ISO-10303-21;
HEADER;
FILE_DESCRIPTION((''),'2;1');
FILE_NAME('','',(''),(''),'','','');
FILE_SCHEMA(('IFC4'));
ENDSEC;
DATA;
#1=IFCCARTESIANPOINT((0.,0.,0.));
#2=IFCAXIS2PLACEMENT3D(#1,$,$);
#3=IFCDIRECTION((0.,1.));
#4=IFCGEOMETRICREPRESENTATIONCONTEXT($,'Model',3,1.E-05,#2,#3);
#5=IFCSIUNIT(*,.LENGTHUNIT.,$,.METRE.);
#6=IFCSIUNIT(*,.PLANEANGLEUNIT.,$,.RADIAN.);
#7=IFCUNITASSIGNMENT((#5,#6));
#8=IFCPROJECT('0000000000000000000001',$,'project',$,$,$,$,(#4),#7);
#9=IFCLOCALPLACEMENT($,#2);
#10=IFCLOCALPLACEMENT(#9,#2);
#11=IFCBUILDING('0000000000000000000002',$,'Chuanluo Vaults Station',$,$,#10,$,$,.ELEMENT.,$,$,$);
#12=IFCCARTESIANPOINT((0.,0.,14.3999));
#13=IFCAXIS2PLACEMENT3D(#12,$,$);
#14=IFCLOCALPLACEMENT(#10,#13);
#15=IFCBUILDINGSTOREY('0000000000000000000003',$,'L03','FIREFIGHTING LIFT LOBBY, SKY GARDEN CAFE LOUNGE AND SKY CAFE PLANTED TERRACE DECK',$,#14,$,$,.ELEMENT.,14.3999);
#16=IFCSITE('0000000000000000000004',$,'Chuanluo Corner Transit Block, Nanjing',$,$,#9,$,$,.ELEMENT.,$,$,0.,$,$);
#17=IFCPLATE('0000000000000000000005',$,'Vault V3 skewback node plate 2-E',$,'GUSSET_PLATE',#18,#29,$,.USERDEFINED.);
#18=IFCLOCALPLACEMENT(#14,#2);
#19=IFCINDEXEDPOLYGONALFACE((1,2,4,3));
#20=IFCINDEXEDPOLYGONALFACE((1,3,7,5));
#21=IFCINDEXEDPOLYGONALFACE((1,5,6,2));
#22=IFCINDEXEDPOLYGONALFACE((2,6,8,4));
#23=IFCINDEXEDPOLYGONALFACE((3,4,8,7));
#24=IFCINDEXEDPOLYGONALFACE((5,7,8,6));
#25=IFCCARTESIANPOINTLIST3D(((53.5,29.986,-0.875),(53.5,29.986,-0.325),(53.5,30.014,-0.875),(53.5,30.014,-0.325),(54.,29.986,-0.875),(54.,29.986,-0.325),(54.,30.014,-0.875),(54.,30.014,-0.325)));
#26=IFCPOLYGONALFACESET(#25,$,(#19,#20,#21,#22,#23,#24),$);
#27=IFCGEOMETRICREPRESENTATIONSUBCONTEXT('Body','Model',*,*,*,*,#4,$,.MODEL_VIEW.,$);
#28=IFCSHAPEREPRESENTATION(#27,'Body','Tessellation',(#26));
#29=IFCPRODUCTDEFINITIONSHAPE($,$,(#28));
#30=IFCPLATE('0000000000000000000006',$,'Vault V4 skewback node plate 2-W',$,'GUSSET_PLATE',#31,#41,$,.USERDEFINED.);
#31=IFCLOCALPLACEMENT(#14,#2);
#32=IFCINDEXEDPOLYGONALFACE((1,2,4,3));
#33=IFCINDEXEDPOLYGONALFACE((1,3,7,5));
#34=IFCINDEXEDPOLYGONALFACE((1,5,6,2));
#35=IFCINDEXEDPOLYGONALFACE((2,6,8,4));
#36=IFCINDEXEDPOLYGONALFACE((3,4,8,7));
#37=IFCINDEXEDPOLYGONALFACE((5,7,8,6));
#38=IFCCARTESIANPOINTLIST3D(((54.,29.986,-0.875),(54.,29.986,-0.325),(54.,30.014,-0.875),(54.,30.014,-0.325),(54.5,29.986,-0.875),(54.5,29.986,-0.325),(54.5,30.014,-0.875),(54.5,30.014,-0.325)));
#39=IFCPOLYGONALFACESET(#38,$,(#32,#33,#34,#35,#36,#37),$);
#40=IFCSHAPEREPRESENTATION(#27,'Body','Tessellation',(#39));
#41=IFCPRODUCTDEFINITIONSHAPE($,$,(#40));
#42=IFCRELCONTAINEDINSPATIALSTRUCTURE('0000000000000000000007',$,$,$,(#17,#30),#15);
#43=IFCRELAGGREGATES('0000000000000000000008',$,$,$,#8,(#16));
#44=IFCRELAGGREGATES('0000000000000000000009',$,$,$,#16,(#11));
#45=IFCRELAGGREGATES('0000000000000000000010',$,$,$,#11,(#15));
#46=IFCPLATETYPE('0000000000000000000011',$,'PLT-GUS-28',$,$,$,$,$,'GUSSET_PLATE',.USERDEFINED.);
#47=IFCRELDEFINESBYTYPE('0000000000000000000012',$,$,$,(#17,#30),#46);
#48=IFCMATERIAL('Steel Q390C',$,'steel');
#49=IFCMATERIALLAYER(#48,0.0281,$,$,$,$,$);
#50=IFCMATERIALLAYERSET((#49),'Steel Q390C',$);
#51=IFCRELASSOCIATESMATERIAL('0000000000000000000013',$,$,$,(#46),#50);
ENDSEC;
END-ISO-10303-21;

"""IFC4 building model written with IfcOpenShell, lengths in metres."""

from ifc_helpers import new_model, si_unit, direction, frame, origin, origin_2d, place, context, subcontext, project, spatial, rectangle, extrude, material, layer, layer_set, type_object, element, save


model = new_model("IFC4")

# Units and contexts
model_context = context("Model", 3, precision=1e-05, world=origin(), true_north=direction((0.0, 1.0)))
body_context = subcontext(model_context, "Body", "Model", "MODEL_VIEW")
ifc_project = project(units=[si_unit("LENGTHUNIT", "METRE"), si_unit("PLANEANGLEUNIT", "RADIAN")], contexts=[model_context])

# Site, building, storey
site_placement = place(None, origin())
site = spatial("IfcSite", under=ifc_project, at=site_placement, Name="Chuanluo Corner Transit Block, Nanjing", CompositionType="ELEMENT", RefElevation=0.0)
building_placement = place(site_placement, origin())
building = spatial("IfcBuilding", under=site, at=building_placement, Name="Chuanluo Vaults Station", CompositionType="ELEMENT")
storey_placement = place(building_placement, frame((0.0, 0.0, 14.3999)))
storey = spatial("IfcBuildingStorey", under=building, at=storey_placement, Name="L03", Description="FIREFIGHTING LIFT LOBBY, SKY GARDEN CAFE LOUNGE AND SKY CAFE PLANTED TERRACE DECK", CompositionType="ELEMENT", Elevation=14.3999)

# Plates
ifc_material_1 = material(Name="Steel Q390C", Category="steel")
ifc_layer = layer(ifc_material_1, 0.0281)
ifc_layer_set = layer_set([ifc_layer], Name="Steel Q390C")
plate_type = type_object("IfcPlateType", Name="PLT-GUS-28", ElementType="GUSSET_PLATE", PredefinedType="USERDEFINED", material=ifc_layer_set)
for number, where, z_axis, x_axis, name in (
    (1, (53.75, 30.0, -0.875), (0.0, 0.0, 1.0), (1.0, 0.0, 0.0), "Vault V3 skewback node plate 2-E"),
    (2, (54.25, 30.0, -0.875), (0.0, 0.0, 1.0), (1.0, 0.0, 0.0), "Vault V4 skewback node plate 2-W"),
):
    element("IfcPlate", number, at=place(storey_placement, frame(where, z_axis=z_axis, x_axis=x_axis)), inside=storey, type_object=plate_type, Name=name, ObjectType="GUSSET_PLATE", PredefinedType="USERDEFINED", context=body_context, shape_type="SweptSolid", body=[
        extrude(rectangle(XDim=0.5, YDim=0.0281, at=origin_2d()), origin(), (0.0, 0.0, 1.0), 0.55),
    ])

save(model, "model.ifc")
